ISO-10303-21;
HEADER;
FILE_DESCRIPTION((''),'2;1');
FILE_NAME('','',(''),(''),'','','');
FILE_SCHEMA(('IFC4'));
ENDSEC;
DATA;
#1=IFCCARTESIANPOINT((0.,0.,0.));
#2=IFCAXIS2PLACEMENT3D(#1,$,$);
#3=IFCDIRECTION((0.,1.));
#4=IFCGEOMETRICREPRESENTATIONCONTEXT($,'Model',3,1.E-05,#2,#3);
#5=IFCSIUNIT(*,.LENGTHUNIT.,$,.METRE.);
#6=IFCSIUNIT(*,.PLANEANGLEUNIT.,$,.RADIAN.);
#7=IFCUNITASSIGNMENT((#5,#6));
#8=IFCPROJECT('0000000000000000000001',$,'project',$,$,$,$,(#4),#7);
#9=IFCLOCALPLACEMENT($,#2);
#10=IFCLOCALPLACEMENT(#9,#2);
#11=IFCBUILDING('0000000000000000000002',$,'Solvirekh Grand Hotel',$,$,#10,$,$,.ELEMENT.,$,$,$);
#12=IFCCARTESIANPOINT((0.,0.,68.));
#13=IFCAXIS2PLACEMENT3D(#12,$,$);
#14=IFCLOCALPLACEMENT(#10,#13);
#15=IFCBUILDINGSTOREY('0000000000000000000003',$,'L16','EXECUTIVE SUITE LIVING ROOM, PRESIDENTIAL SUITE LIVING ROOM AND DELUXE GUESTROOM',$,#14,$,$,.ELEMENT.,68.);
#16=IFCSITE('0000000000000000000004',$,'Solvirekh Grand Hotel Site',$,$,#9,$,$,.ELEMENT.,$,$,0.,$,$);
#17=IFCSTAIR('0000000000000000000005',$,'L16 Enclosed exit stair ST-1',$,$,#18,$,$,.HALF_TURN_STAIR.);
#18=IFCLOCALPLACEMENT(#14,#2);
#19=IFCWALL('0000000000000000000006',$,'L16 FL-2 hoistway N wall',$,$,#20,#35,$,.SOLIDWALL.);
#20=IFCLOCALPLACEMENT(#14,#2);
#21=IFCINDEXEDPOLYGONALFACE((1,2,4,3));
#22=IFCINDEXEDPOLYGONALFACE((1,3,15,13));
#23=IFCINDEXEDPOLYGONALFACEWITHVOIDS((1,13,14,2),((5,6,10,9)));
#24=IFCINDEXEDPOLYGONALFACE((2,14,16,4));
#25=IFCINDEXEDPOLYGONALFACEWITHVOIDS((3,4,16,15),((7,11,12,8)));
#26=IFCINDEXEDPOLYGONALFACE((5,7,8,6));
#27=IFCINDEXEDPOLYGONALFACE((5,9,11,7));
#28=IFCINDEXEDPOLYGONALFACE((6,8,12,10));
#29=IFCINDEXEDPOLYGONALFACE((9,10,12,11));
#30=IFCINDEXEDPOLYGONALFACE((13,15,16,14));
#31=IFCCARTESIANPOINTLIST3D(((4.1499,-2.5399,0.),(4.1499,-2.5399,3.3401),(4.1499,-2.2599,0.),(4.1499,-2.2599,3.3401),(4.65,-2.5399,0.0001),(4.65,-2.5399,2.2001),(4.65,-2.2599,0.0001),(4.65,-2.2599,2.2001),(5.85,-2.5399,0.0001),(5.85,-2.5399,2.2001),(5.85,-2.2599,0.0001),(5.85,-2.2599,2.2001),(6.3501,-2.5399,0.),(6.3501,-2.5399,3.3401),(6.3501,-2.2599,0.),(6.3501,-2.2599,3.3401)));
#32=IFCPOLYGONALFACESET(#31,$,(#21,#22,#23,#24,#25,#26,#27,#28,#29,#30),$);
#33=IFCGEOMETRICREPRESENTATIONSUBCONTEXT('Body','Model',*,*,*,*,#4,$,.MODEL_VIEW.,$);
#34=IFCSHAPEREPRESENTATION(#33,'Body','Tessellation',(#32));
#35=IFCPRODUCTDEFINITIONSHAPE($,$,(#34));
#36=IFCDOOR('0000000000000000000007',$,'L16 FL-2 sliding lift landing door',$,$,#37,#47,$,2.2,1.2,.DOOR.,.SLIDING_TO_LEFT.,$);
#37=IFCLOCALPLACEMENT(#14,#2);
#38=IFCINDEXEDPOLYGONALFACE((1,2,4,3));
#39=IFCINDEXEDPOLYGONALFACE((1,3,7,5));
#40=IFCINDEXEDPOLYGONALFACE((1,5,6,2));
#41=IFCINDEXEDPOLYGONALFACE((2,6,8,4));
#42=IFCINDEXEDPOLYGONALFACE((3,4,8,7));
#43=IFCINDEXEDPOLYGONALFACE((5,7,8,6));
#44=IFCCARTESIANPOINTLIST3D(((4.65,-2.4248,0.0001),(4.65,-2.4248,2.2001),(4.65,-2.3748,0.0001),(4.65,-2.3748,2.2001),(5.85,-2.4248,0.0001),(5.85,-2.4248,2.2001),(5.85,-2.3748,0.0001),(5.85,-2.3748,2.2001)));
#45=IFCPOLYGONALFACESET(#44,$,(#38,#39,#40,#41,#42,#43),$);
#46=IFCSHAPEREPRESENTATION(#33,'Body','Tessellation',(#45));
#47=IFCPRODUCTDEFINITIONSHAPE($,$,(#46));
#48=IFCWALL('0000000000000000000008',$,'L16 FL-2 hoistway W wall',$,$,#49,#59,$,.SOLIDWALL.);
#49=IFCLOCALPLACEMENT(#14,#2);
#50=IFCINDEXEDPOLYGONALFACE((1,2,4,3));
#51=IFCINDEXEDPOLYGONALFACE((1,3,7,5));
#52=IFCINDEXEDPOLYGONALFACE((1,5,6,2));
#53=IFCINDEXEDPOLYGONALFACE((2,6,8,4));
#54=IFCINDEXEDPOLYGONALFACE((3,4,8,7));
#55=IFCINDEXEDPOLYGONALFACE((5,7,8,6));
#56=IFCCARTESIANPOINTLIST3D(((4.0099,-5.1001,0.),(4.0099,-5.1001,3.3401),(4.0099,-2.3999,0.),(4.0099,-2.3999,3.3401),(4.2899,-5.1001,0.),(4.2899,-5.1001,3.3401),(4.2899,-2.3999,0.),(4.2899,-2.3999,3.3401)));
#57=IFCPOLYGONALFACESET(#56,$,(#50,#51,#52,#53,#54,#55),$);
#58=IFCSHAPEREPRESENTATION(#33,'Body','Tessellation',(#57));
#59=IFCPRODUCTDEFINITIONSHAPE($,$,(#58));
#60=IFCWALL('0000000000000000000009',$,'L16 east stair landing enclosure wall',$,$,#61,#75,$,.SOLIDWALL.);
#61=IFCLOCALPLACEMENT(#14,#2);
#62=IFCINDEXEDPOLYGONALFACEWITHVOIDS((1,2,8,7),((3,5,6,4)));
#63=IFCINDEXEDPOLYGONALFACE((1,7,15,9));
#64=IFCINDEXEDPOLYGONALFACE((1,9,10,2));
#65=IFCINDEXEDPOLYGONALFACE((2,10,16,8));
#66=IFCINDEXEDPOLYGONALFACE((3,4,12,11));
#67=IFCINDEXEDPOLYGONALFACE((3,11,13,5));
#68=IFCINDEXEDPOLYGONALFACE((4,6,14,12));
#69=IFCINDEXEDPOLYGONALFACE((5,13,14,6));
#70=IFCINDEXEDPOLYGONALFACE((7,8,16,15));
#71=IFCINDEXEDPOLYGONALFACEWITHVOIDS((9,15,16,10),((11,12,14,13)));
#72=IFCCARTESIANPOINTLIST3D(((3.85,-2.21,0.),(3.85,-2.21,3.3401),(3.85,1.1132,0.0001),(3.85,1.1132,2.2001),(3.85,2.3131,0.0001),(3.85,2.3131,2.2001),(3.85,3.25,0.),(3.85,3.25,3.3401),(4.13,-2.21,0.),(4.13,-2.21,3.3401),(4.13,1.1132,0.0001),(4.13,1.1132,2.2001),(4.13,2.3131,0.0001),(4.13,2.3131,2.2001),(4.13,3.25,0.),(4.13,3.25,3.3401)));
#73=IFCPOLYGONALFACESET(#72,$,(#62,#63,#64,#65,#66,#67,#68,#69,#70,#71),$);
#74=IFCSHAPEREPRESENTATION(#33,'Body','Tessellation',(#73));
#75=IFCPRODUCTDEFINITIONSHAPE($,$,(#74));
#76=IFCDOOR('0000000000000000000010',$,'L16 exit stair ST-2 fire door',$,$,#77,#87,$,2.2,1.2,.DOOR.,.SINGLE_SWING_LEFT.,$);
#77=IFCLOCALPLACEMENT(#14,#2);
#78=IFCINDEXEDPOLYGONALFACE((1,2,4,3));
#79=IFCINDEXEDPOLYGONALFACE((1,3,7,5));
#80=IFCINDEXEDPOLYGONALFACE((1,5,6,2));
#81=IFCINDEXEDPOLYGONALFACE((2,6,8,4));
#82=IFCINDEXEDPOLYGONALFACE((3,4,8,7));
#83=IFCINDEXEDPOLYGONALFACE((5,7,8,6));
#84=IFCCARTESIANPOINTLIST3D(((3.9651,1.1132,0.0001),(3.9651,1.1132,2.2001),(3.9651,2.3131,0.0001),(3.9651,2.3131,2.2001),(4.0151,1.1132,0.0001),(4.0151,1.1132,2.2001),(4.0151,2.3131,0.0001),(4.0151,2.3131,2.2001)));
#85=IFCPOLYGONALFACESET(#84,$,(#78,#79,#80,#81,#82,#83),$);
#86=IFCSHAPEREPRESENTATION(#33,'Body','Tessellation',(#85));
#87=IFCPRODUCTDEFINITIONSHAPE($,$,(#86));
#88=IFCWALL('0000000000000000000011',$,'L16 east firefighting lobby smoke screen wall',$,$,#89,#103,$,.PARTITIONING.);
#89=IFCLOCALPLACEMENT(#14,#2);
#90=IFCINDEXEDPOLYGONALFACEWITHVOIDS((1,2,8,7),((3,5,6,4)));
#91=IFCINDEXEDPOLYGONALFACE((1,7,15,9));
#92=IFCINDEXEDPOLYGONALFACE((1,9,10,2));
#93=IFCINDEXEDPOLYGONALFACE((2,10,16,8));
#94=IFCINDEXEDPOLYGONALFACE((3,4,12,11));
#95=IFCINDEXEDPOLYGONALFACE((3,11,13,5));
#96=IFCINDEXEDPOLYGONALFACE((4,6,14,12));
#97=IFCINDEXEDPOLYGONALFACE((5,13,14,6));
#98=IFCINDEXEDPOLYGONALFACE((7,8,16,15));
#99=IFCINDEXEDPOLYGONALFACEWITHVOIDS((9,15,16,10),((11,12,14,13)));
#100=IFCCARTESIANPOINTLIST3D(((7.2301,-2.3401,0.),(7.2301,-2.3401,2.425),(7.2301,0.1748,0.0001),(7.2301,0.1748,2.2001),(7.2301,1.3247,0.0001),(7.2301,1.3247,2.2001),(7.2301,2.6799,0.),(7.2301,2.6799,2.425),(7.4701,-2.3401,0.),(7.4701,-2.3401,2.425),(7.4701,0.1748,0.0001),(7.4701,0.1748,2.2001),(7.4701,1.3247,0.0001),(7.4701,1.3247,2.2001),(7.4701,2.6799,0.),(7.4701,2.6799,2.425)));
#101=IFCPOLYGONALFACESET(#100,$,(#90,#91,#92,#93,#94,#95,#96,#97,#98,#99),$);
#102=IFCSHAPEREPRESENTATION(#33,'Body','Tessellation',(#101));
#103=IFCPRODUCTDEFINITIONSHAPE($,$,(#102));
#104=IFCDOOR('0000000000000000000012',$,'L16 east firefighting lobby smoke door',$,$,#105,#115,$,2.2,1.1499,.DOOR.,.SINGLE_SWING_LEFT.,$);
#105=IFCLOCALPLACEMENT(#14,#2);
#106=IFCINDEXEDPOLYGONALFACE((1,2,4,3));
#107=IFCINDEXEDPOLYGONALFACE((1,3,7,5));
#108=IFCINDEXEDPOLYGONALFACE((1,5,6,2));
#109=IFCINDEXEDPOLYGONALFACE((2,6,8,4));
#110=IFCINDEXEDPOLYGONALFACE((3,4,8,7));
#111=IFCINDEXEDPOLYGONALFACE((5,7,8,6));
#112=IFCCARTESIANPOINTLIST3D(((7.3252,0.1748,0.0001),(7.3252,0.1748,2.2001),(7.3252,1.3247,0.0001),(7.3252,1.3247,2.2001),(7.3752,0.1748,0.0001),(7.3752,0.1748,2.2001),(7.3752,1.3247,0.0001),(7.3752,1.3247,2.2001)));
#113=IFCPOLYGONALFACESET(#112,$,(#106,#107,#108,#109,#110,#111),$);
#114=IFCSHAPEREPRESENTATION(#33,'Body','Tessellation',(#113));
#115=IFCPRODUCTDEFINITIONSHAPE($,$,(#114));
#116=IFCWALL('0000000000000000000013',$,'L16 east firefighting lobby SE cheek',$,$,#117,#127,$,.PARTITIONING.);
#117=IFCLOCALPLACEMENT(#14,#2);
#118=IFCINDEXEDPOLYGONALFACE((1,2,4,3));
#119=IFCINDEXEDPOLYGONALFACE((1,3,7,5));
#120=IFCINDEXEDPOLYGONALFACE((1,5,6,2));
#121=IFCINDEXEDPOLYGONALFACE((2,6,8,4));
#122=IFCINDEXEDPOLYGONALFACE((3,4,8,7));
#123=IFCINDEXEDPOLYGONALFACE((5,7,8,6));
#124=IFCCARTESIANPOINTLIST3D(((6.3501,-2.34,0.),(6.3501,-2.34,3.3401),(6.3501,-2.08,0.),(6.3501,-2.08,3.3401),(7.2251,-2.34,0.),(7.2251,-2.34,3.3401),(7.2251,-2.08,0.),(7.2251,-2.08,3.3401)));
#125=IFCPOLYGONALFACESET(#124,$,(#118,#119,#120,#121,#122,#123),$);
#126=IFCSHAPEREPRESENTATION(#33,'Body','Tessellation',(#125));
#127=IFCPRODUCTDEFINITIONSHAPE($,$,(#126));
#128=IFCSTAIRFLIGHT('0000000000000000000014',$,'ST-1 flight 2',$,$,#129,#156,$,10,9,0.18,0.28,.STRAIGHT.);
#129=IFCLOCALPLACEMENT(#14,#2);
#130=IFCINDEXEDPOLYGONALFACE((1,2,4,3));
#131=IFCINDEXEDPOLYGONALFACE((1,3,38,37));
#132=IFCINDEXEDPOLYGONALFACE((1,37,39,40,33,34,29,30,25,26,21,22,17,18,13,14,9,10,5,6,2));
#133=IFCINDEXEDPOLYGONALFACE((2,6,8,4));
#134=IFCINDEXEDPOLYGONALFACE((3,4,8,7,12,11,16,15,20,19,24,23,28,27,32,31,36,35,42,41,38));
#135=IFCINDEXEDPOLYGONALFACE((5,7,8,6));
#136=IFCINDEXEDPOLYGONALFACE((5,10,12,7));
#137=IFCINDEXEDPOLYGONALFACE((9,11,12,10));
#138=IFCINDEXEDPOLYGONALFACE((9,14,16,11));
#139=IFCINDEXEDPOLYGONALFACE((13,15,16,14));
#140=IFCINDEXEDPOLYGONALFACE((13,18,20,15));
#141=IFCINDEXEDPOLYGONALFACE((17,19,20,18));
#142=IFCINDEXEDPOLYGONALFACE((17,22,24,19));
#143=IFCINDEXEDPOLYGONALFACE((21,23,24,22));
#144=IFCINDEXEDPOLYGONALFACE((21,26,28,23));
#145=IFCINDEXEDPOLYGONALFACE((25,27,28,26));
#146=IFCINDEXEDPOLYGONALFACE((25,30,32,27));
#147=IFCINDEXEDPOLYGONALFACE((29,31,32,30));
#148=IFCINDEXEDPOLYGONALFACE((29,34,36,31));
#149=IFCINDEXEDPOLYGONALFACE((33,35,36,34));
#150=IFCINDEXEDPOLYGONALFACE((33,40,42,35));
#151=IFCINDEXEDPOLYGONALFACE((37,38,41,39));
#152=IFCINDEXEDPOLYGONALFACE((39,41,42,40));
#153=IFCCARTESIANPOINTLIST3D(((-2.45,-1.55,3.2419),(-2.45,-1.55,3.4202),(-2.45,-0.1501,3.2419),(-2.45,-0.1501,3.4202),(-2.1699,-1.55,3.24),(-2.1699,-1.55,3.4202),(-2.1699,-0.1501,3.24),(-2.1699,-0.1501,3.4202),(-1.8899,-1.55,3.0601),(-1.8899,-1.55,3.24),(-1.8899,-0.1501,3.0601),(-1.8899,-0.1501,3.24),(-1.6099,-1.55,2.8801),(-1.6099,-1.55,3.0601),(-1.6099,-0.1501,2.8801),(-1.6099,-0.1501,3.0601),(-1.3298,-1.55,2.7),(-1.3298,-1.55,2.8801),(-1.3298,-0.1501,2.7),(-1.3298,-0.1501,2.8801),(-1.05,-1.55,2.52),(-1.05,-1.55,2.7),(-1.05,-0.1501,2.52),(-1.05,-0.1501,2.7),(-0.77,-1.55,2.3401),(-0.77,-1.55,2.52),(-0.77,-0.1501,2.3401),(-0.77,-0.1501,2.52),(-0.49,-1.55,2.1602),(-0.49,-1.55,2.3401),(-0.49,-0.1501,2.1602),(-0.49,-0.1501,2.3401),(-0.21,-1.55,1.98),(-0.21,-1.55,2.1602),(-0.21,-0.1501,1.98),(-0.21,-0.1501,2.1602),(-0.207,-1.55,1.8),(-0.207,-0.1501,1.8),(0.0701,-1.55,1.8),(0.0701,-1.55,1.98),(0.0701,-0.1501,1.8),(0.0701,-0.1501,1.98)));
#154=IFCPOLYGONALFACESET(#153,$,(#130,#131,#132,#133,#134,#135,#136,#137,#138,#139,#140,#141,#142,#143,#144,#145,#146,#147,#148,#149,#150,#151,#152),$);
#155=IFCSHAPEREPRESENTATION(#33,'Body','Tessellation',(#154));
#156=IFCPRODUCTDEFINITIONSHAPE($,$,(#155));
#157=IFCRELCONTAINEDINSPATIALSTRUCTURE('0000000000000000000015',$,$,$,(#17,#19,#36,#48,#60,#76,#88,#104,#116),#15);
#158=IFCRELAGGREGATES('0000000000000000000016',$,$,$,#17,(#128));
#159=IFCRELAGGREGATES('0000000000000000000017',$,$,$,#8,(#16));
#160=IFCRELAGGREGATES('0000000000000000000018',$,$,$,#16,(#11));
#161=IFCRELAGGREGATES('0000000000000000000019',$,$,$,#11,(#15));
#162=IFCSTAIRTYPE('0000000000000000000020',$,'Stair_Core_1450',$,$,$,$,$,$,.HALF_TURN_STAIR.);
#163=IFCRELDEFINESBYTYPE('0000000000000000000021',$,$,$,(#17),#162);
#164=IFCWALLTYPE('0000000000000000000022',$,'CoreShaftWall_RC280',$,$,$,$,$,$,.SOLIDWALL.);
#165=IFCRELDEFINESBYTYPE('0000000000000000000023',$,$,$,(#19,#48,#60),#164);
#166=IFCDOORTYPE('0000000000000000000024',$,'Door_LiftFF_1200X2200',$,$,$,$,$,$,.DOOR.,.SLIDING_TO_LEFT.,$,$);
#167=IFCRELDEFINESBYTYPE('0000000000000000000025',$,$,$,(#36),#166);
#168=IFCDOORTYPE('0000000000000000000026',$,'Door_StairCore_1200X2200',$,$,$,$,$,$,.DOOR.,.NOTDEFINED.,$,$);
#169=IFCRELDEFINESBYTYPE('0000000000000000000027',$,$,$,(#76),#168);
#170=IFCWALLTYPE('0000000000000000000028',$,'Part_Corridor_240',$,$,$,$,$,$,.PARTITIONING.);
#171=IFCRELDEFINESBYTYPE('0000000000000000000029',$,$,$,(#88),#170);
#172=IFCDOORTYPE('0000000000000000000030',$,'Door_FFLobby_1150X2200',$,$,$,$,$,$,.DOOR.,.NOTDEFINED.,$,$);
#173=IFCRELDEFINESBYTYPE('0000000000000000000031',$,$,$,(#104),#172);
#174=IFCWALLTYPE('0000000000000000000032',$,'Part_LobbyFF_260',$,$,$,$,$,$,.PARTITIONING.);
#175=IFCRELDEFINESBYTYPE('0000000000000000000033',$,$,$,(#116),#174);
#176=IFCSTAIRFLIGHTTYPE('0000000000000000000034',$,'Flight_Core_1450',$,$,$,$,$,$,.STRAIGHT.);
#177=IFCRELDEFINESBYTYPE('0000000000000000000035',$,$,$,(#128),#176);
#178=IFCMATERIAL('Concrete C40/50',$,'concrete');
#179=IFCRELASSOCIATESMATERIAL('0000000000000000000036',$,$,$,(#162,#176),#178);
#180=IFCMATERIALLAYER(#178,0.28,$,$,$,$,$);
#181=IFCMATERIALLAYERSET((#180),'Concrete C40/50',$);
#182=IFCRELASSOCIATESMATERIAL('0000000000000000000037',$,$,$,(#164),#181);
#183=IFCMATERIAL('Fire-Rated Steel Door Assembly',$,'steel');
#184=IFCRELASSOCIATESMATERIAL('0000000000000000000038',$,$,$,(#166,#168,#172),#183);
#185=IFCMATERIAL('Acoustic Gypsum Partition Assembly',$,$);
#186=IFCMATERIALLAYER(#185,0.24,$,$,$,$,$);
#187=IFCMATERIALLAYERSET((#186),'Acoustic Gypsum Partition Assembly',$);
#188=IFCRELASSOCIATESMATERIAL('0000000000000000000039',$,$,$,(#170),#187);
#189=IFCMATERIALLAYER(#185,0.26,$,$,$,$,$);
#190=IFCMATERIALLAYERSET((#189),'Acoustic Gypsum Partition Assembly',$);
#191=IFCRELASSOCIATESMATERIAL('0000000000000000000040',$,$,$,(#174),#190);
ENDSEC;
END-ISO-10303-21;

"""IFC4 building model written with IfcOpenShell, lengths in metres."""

from ifc_helpers import new_model, si_unit, direction, frame, frame_2d, origin, place, context, subcontext, project, spatial, polyline, rectangle, outline, extrude, material, layer, layer_set, type_object, element, fill, aggregate, save


model = new_model("IFC4")

# Units and contexts
model_context = context("Model", 3, precision=1e-05, world=origin(), true_north=direction((0.0, 1.0)))
body_context = subcontext(model_context, "Body", "Model", "MODEL_VIEW")
ifc_project = project(units=[si_unit("LENGTHUNIT", "METRE"), si_unit("PLANEANGLEUNIT", "RADIAN")], contexts=[model_context])

# Site, building, storey
site_placement = place(None, origin())
site = spatial("IfcSite", under=ifc_project, at=site_placement, Name="Solvirekh Grand Hotel Site", CompositionType="ELEMENT", RefElevation=0.0)
building_placement = place(site_placement, origin())
building = spatial("IfcBuilding", under=site, at=building_placement, Name="Solvirekh Grand Hotel", CompositionType="ELEMENT")
storey_placement = place(building_placement, frame((0.0, 0.0, 68.0)))
storey = spatial("IfcBuildingStorey", under=building, at=storey_placement, Name="L16", Description="EXECUTIVE SUITE LIVING ROOM, PRESIDENTIAL SUITE LIVING ROOM AND DELUXE GUESTROOM", CompositionType="ELEMENT", Elevation=68.0)

# Stair
ifc_material_1 = material(Name="Concrete C40/50", Category="concrete")
stair_type = type_object("IfcStairType", Name="Stair_Core_1450", PredefinedType="HALF_TURN_STAIR", material=ifc_material_1)
stair_placement = place(storey_placement, origin())
stair = element("IfcStair", 1, at=stair_placement, inside=storey, type_object=stair_type, Name="L16 Enclosed exit stair ST-1", PredefinedType="HALF_TURN_STAIR")

# Shared definitions
ifc_layer_1 = layer(ifc_material_1, 0.28)
ifc_layer_set_1 = layer_set([ifc_layer_1], Name="Concrete C40/50")
wall_type_1 = type_object("IfcWallType", Name="CoreShaftWall_RC280", PredefinedType="SOLIDWALL", material=ifc_layer_set_1)

# Wall, opening, door
wall_1_placement = place(storey_placement, frame((6.3501, -2.3999, 0.0), z_axis=(0.0, 0.0, 1.0), x_axis=(-1.0, 0.0, 0.0)))
wall_1 = element("IfcWall", 2, at=wall_1_placement, inside=storey, type_object=wall_type_1, Name="L16 FL-2 hoistway N wall", PredefinedType="SOLIDWALL", context=body_context, shape_type="SweptSolid", body=[
    extrude(rectangle(XDim=2.2002, YDim=0.28, at=frame_2d((1.1001, 0.0))), origin(), (0.0, 0.0, 1.0), 3.3401),
])
opening_1_placement = place(wall_1_placement, frame((0.5, 0.0, 0.0)))
opening_1 = element("IfcOpeningElement", 3, at=opening_1_placement, cuts=wall_1, PredefinedType="OPENING", context=body_context, shape_type="SweptSolid", body=[
    extrude(rectangle(XDim=1.2, YDim=2.2, at=frame_2d((0.6001, 1.1001))), frame((0.0, 0.1499, 0.0), z_axis=(0.0, -1.0, 0.0), x_axis=(1.0, 0.0, 0.0)), (0.0, 0.0, 1.0), 0.3),
])
ifc_material_2 = material(Name="Fire-Rated Steel Door Assembly", Category="steel")
door_type_1 = type_object("IfcDoorType", Name="Door_LiftFF_1200X2200", OperationType="SLIDING_TO_LEFT", PredefinedType="DOOR", material=ifc_material_2)
door_1_placement = place(opening_1_placement, origin())
door_1 = element("IfcDoor", 4, at=door_1_placement, inside=storey, type_object=door_type_1, Name="L16 FL-2 sliding lift landing door", OperationType="SLIDING_TO_LEFT", OverallHeight=2.2, OverallWidth=1.2, PredefinedType="DOOR", context=body_context, shape_type="SweptSolid", body=[
    extrude(rectangle(XDim=1.2, YDim=2.2, at=frame_2d((0.6001, 1.1001))), frame((0.0, 0.0249, 0.0), z_axis=(0.0, -1.0, 0.0), x_axis=(1.0, 0.0, 0.0)), (0.0, 0.0, 1.0), 0.05),
])
fill(opening_1, door_1)

# Wall
wall_2_placement = place(storey_placement, frame((4.1499, -2.3999, 0.0), z_axis=(0.0, 0.0, 1.0), x_axis=(0.0, -1.0, 0.0)))
element("IfcWall", 5, at=wall_2_placement, inside=storey, type_object=wall_type_1, Name="L16 FL-2 hoistway W wall", PredefinedType="SOLIDWALL", context=body_context, shape_type="SweptSolid", body=[
    extrude(rectangle(XDim=2.7002, YDim=0.28, at=frame_2d((1.3501, 0.0))), origin(), (0.0, 0.0, 1.0), 3.3401),
])

# Walls, openings, doors
wall_3_placement = place(storey_placement, frame((3.99, -2.21, 0.0), z_axis=(0.0, 0.0, 1.0), x_axis=(0.0, 1.0, 0.0)))
wall_3 = element("IfcWall", 6, at=wall_3_placement, inside=storey, type_object=wall_type_1, Name="L16 east stair landing enclosure wall", PredefinedType="SOLIDWALL", context=body_context, shape_type="SweptSolid", body=[
    extrude(rectangle(XDim=5.46, YDim=0.28, at=frame_2d((2.73, 0.0))), origin(), (0.0, 0.0, 1.0), 3.3401),
])
opening_2_placement = place(wall_3_placement, frame((3.323, 0.0, 0.0)))
opening_2 = element("IfcOpeningElement", 7, at=opening_2_placement, cuts=wall_3, PredefinedType="OPENING", context=body_context, shape_type="SweptSolid", body=[
    extrude(rectangle(XDim=1.2, YDim=2.2, at=frame_2d((0.6001, 1.1001))), frame((0.0, 0.1499, 0.0), z_axis=(0.0, -1.0, 0.0), x_axis=(1.0, 0.0, 0.0)), (0.0, 0.0, 1.0), 0.3),
])
door_type_2 = type_object("IfcDoorType", Name="Door_StairCore_1200X2200", OperationType="NOTDEFINED", PredefinedType="DOOR", material=ifc_material_2)
door_2_placement = place(opening_2_placement, origin())
door_2 = element("IfcDoor", 8, at=door_2_placement, inside=storey, type_object=door_type_2, Name="L16 exit stair ST-2 fire door", OperationType="SINGLE_SWING_LEFT", OverallHeight=2.2, OverallWidth=1.2, PredefinedType="DOOR", context=body_context, shape_type="SweptSolid", body=[
    extrude(rectangle(XDim=1.2, YDim=2.2, at=frame_2d((0.6001, 1.1001))), frame((0.0, 0.0249, 0.0), z_axis=(0.0, -1.0, 0.0), x_axis=(1.0, 0.0, 0.0)), (0.0, 0.0, 1.0), 0.05),
])
fill(opening_2, door_2)
ifc_material_3 = material(Name="Acoustic Gypsum Partition Assembly")
ifc_layer_2 = layer(ifc_material_3, 0.24)
ifc_layer_set_2 = layer_set([ifc_layer_2], Name="Acoustic Gypsum Partition Assembly")
wall_type_2 = type_object("IfcWallType", Name="Part_Corridor_240", PredefinedType="PARTITIONING", material=ifc_layer_set_2)
wall_4_placement = place(storey_placement, frame((7.3501, -2.3401, 0.0), z_axis=(0.0, 0.0, 1.0), x_axis=(0.0, 1.0, 0.0)))
wall_4 = element("IfcWall", 9, at=wall_4_placement, inside=storey, type_object=wall_type_2, Name="L16 east firefighting lobby smoke screen wall", PredefinedType="PARTITIONING", context=body_context, shape_type="SweptSolid", body=[
    extrude(rectangle(XDim=5.02, YDim=0.24, at=frame_2d((2.51, 0.0))), origin(), (0.0, 0.0, 1.0), 2.425),
])
opening_3_placement = place(wall_4_placement, frame((2.5149, 0.0, 0.0)))
opening_3 = element("IfcOpeningElement", 10, at=opening_3_placement, cuts=wall_4, PredefinedType="OPENING", context=body_context, shape_type="SweptSolid", body=[
    extrude(rectangle(XDim=1.1499, YDim=2.2, at=frame_2d((0.575, 1.1001))), frame((0.0, 0.1299, 0.0), z_axis=(0.0, -1.0, 0.0), x_axis=(1.0, 0.0, 0.0)), (0.0, 0.0, 1.0), 0.26),
])
door_type_3 = type_object("IfcDoorType", Name="Door_FFLobby_1150X2200", OperationType="NOTDEFINED", PredefinedType="DOOR", material=ifc_material_2)
door_3_placement = place(opening_3_placement, origin())
door_3 = element("IfcDoor", 11, at=door_3_placement, inside=storey, type_object=door_type_3, Name="L16 east firefighting lobby smoke door", OperationType="SINGLE_SWING_LEFT", OverallHeight=2.2, OverallWidth=1.1499, PredefinedType="DOOR", context=body_context, shape_type="SweptSolid", body=[
    extrude(rectangle(XDim=1.1499, YDim=2.2, at=frame_2d((0.575, 1.1001))), frame((0.0, 0.0249, 0.0), z_axis=(0.0, -1.0, 0.0), x_axis=(1.0, 0.0, 0.0)), (0.0, 0.0, 1.0), 0.05),
])
fill(opening_3, door_3)

# Wall
ifc_layer_3 = layer(ifc_material_3, 0.26)
ifc_layer_set_3 = layer_set([ifc_layer_3], Name="Acoustic Gypsum Partition Assembly")
wall_type_3 = type_object("IfcWallType", Name="Part_LobbyFF_260", PredefinedType="PARTITIONING", material=ifc_layer_set_3)
wall_5_placement = place(storey_placement, frame((6.3501, -2.21, 0.0), z_axis=(0.0, 0.0, 1.0), x_axis=(1.0, 0.0, 0.0)))
element("IfcWall", 12, at=wall_5_placement, inside=storey, type_object=wall_type_3, Name="L16 east firefighting lobby SE cheek", PredefinedType="PARTITIONING", context=body_context, shape_type="SweptSolid", body=[
    extrude(rectangle(XDim=0.875, YDim=0.26, at=frame_2d((0.4375, 0.0))), origin(), (0.0, 0.0, 1.0), 3.3401),
])

# Stair flight
stair_flight_type = type_object("IfcStairFlightType", Name="Flight_Core_1450", PredefinedType="STRAIGHT", material=ifc_material_1)
stair_flight_placement = place(storey_placement, frame((0.0701, -0.8501, 1.8), z_axis=(0.0, 0.0, 1.0), x_axis=(-1.0, 0.0, 0.0)))
stair_flight = element("IfcStairFlight", 13, at=stair_flight_placement, type_object=stair_flight_type, Name="ST-1 flight 2", NumberOfRisers=10, NumberOfTreads=9, PredefinedType="STRAIGHT", RiserHeight=0.18, TreadLength=0.28, context=body_context, shape_type="SweptSolid", body=[
    extrude(outline(polyline([(0.0, 0.0), (0.0, 0.1799), (0.28, 0.1799), (0.28, 0.3601), (0.5601, 0.3601), (0.5601, 0.54), (0.8401, 0.54), (0.8401, 0.72), (1.1201, 0.72), (1.1201, 0.8999), (1.3999, 0.8999), (1.3999, 1.0801), (1.6799, 1.0801), (1.6799, 1.26), (1.96, 1.26), (1.96, 1.4399), (2.24, 1.4399), (2.24, 1.6201), (2.52, 1.6201), (2.52, 1.8), (2.52, 1.4419), (0.2771, 0.0), (0.0, 0.0)])), frame((0.0, 0.7, 0.0), z_axis=(0.0, -1.0, 0.0), x_axis=(1.0, 0.0, 0.0)), (0.0, 0.0, 1.0), 1.3999),
])
aggregate(stair, [stair_flight])

save(model, "model.ifc")
